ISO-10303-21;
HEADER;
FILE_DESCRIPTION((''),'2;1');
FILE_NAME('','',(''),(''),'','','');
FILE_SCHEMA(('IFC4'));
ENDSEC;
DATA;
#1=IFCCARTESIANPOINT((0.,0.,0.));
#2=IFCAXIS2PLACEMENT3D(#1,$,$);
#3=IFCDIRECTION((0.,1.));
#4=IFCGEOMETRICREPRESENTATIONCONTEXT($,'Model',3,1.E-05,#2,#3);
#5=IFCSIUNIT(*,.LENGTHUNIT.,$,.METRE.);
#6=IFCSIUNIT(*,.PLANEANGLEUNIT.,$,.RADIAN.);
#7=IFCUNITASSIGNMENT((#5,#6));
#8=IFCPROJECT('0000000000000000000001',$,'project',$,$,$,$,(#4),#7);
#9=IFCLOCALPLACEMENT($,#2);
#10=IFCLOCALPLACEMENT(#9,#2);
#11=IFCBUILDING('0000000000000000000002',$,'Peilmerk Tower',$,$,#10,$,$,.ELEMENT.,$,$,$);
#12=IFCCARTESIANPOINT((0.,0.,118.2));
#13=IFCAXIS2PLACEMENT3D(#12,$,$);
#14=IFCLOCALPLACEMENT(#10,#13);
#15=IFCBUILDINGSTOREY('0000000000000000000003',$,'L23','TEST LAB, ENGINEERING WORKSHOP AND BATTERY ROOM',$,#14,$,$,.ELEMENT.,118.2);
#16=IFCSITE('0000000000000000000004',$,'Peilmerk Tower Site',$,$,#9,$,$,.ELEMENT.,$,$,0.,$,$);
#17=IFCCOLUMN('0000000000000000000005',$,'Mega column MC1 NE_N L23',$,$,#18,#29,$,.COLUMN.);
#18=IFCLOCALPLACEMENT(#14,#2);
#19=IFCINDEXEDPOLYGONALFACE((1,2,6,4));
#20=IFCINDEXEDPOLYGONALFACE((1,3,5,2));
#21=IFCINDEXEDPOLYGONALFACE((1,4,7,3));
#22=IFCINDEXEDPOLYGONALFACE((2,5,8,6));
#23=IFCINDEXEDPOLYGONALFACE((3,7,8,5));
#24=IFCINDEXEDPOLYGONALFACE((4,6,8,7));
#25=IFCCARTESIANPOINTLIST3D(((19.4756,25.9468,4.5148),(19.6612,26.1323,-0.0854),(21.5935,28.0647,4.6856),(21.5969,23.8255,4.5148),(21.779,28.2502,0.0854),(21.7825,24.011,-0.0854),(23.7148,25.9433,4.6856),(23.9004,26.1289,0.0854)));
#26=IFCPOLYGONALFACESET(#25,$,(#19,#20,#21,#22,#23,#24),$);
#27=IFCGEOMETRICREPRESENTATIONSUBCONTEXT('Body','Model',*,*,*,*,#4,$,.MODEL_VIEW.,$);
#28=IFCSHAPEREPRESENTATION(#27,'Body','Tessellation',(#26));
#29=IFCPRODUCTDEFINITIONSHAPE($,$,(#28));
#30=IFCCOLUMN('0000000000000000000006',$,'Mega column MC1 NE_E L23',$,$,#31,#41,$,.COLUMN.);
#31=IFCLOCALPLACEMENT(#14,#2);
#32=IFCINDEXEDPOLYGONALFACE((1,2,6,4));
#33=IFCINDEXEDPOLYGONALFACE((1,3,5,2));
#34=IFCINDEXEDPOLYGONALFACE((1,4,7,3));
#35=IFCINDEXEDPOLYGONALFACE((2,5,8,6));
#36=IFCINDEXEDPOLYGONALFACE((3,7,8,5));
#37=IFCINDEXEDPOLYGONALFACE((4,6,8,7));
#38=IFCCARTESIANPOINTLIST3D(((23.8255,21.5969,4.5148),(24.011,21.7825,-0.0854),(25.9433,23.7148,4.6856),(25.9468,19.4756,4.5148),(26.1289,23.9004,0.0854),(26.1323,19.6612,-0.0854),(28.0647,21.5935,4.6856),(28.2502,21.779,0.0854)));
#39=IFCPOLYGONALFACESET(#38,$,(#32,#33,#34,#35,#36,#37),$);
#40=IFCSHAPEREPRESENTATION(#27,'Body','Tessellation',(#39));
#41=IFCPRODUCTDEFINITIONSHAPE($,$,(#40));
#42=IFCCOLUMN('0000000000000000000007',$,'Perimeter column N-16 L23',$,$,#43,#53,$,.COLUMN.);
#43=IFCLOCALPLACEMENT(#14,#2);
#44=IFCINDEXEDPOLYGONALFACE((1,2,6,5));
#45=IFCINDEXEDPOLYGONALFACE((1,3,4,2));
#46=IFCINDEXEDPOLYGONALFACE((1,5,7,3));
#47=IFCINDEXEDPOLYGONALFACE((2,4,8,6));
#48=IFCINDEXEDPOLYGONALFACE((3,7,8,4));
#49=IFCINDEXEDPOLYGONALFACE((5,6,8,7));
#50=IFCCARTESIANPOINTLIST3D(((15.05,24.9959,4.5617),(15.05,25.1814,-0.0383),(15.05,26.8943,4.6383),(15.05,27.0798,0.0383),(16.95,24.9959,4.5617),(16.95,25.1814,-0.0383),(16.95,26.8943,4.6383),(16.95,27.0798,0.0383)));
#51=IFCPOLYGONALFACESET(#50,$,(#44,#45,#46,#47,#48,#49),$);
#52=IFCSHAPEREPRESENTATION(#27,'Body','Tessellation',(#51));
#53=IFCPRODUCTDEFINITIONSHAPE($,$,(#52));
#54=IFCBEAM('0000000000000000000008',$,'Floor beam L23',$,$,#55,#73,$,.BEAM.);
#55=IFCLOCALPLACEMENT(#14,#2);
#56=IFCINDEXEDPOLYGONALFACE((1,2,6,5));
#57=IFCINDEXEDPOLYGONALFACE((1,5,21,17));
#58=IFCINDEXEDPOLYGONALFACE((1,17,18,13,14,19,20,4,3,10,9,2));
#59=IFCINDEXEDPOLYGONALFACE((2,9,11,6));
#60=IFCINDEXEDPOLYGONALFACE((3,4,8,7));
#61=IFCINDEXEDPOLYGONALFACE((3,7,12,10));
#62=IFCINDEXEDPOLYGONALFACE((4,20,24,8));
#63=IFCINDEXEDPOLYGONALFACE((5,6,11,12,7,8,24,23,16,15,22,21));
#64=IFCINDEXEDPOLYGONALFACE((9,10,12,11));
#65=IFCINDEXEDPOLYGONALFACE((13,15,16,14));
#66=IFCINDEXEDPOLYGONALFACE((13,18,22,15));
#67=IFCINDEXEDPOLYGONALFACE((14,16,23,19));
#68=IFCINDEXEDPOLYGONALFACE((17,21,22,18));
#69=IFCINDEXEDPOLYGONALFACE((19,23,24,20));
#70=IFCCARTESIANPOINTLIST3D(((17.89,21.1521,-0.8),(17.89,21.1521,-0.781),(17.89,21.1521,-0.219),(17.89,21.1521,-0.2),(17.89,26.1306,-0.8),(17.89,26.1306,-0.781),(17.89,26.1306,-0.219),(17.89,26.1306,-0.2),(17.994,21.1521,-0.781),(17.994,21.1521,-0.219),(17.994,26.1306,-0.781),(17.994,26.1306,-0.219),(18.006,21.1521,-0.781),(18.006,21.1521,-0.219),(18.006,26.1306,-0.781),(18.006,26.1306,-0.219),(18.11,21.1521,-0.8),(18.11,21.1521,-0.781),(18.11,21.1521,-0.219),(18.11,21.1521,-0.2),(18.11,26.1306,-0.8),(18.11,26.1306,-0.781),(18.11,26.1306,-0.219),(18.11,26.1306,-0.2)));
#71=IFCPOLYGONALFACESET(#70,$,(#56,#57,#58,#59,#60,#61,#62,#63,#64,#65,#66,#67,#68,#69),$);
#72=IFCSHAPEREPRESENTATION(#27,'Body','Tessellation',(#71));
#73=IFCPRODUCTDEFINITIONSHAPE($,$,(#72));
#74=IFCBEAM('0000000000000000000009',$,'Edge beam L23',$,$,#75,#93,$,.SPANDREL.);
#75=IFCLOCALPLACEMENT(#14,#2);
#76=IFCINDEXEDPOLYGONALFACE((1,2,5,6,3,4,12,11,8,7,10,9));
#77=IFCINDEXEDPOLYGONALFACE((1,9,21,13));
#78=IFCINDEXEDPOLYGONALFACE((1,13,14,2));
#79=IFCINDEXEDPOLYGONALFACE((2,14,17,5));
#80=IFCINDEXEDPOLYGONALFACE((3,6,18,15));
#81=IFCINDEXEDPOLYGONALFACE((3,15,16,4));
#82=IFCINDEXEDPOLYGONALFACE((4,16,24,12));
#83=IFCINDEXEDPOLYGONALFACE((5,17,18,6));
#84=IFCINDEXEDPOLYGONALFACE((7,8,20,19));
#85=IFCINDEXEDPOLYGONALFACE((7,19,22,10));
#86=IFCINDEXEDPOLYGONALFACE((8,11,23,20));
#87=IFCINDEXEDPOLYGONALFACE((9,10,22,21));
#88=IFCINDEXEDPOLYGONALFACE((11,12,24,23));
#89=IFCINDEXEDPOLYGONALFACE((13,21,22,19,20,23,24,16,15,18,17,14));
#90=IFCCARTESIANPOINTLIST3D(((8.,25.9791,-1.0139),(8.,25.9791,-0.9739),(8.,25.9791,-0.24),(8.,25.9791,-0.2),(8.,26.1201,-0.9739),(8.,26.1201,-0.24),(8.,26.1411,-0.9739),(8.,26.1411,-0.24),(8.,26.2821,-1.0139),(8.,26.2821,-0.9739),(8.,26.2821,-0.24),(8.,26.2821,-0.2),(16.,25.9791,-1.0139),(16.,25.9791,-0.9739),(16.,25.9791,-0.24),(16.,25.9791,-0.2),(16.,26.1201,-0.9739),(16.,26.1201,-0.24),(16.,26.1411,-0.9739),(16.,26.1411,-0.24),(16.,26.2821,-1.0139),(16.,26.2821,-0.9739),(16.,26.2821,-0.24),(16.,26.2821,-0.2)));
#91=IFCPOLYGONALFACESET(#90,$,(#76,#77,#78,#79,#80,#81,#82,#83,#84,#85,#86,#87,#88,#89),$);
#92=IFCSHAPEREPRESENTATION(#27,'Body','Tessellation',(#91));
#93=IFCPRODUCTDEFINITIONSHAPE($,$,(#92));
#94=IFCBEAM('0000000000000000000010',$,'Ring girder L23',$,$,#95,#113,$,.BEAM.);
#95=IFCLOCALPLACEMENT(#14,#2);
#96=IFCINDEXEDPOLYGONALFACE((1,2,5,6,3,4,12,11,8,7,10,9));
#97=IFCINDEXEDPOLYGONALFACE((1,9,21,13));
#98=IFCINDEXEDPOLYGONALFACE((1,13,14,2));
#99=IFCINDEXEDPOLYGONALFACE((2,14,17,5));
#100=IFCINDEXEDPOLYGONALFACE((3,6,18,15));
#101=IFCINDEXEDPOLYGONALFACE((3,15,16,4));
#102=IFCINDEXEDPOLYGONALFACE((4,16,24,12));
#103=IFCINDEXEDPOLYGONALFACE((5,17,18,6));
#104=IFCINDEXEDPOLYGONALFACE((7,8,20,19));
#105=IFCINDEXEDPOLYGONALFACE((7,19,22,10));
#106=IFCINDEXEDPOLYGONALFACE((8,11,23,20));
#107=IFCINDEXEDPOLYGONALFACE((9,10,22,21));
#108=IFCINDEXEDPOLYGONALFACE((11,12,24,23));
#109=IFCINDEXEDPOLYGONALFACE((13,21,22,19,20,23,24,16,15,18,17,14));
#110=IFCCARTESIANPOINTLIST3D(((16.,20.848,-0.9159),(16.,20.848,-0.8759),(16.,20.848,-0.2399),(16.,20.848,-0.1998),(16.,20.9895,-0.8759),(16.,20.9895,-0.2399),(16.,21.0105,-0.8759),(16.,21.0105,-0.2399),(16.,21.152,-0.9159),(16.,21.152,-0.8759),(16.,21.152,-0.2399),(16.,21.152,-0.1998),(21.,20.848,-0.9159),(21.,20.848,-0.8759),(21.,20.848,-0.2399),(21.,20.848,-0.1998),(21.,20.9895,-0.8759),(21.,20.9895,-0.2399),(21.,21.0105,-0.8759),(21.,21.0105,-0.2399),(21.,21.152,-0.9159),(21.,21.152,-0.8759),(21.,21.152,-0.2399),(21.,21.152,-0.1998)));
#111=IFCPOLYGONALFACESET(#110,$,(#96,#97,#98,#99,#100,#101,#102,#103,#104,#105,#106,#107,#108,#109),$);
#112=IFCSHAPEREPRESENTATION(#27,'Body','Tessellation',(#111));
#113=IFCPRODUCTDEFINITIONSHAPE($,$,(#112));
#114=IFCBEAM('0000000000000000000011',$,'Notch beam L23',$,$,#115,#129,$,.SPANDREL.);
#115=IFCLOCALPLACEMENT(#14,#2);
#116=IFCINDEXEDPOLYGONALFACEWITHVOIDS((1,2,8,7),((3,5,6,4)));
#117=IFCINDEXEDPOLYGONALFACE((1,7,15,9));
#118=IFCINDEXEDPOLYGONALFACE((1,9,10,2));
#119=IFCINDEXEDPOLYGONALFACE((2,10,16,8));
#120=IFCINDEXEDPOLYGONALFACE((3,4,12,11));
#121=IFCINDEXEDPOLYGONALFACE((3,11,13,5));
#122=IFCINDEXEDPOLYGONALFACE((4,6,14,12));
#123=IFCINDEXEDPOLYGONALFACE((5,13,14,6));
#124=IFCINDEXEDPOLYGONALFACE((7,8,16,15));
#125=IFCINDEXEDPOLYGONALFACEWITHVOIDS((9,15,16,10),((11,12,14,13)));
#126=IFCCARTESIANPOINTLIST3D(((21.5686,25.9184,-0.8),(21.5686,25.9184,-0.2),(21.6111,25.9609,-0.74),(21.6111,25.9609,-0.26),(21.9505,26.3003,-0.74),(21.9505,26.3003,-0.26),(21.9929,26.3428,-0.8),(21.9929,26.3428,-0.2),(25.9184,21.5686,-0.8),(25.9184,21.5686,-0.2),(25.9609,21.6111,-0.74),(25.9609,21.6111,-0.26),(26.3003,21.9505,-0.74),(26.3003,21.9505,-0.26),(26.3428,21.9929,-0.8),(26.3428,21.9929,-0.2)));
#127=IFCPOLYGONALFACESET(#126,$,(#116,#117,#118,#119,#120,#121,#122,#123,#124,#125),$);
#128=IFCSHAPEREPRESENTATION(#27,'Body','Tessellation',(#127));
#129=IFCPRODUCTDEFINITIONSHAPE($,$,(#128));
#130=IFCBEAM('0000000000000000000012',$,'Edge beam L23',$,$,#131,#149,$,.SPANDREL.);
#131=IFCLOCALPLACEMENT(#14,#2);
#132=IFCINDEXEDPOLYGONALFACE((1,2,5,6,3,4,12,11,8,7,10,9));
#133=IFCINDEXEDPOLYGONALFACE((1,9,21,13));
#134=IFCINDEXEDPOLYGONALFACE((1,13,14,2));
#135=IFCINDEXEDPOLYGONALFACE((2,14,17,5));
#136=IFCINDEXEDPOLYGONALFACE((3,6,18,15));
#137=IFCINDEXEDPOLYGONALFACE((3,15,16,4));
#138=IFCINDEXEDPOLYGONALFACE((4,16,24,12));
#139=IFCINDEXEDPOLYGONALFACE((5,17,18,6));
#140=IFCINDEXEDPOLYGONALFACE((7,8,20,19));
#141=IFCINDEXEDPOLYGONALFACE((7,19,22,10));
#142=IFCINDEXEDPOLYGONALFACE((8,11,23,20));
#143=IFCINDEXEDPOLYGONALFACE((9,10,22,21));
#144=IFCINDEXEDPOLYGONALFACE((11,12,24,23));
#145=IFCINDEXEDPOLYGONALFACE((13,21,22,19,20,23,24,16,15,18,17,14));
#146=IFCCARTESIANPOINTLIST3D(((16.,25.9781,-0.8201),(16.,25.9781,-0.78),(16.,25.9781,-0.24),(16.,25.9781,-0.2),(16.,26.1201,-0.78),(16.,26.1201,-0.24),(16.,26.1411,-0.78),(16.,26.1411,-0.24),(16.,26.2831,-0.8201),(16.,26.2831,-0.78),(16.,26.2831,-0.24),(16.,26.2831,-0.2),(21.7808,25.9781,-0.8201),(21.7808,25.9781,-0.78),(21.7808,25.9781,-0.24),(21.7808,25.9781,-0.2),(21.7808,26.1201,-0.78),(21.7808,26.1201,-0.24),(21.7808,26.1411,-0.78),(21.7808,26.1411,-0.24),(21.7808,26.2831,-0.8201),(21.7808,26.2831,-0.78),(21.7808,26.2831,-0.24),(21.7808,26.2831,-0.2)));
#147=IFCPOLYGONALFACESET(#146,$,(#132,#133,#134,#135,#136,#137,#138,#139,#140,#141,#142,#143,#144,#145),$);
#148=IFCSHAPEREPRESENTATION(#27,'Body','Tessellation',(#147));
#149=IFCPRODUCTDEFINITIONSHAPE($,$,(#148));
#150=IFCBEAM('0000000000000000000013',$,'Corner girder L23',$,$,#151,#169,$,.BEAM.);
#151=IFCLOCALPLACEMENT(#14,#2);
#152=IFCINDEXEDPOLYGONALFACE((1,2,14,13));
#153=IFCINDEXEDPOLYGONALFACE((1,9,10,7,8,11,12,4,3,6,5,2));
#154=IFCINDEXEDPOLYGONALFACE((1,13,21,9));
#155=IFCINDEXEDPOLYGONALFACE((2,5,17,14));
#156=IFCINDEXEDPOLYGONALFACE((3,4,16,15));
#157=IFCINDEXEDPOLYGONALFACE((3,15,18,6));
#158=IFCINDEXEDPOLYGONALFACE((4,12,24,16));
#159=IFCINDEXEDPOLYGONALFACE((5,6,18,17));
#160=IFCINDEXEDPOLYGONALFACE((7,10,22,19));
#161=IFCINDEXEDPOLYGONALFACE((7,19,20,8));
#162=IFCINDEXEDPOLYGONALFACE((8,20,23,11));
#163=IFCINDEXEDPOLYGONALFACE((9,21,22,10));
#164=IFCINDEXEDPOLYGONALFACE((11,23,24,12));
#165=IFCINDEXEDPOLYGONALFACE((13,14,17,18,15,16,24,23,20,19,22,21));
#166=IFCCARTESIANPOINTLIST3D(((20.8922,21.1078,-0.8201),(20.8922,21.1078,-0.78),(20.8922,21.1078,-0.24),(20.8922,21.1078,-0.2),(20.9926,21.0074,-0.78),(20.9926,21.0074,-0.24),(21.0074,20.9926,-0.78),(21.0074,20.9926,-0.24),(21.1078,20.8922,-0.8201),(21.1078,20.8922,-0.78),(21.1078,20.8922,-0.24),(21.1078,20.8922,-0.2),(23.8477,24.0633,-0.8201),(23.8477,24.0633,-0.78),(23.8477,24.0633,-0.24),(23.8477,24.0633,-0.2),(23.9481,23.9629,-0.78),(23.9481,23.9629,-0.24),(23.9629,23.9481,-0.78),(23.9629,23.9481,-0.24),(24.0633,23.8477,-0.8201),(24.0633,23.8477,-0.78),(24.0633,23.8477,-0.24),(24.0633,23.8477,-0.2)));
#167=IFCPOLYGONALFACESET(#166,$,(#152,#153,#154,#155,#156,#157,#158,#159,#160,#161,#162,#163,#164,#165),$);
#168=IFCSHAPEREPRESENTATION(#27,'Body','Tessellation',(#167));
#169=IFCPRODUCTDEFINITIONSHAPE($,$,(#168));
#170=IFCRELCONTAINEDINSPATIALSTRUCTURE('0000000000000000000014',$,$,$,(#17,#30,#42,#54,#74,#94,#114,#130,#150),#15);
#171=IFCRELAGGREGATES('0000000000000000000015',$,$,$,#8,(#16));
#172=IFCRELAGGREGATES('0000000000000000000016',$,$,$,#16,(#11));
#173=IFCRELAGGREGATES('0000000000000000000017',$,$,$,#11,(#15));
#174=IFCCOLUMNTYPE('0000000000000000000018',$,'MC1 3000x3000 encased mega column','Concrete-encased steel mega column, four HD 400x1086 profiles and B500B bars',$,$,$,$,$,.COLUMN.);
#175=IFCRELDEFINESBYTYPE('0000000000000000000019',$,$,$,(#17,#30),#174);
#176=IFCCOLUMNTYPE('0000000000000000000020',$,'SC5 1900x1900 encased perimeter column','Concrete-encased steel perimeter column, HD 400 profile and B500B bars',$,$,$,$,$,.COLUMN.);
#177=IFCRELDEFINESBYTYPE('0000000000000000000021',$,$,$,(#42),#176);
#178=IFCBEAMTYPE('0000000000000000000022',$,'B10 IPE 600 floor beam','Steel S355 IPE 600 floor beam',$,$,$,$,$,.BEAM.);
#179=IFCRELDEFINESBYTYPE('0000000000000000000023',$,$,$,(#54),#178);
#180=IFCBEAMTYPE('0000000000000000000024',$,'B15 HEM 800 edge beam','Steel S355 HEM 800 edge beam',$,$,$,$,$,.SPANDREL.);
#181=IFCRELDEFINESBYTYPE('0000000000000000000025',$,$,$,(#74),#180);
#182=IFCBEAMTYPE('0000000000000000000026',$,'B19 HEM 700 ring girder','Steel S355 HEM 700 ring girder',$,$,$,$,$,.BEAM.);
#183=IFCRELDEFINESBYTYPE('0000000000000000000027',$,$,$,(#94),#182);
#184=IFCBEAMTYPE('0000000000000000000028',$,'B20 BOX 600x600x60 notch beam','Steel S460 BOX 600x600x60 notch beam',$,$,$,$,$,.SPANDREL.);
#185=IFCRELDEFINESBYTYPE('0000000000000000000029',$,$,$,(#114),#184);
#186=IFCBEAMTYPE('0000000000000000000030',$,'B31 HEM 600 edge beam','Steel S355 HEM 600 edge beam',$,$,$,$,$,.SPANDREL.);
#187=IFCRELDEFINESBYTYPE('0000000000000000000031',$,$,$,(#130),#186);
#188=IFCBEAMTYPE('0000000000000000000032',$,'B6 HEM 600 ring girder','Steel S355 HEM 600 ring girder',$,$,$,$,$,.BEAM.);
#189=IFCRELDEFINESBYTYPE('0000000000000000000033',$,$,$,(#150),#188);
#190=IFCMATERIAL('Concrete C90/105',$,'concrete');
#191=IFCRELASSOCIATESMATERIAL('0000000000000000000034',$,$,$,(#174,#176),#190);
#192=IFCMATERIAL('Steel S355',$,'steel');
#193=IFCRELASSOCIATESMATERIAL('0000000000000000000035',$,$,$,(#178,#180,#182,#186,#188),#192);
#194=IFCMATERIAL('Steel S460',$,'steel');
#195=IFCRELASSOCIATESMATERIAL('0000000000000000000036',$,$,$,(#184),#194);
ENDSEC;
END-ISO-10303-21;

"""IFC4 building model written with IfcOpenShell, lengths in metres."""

from ifc_helpers import new_model, si_unit, direction, frame, origin, origin_2d, place, context, subcontext, project, spatial, rectangle, hollow_rectangle, i_section, extrude, material, material_profile, profile_set, type_object, element, save


model = new_model("IFC4")

# Units and contexts
model_context = context("Model", 3, precision=1e-05, world=origin(), true_north=direction((0.0, 1.0)))
body_context = subcontext(model_context, "Body", "Model", "MODEL_VIEW")
ifc_project = project(units=[si_unit("LENGTHUNIT", "METRE"), si_unit("PLANEANGLEUNIT", "RADIAN")], contexts=[model_context])

# Site, building, storey
site_placement = place(None, origin())
site = spatial("IfcSite", under=ifc_project, at=site_placement, Name="Peilmerk Tower Site", CompositionType="ELEMENT", RefElevation=0.0)
building_placement = place(site_placement, origin())
building = spatial("IfcBuilding", under=site, at=building_placement, Name="Peilmerk Tower", CompositionType="ELEMENT")
storey_placement = place(building_placement, frame((0.0, 0.0, 118.2)))
storey = spatial("IfcBuildingStorey", under=building, at=storey_placement, Name="L23", Description="TEST LAB, ENGINEERING WORKSHOP AND BATTERY ROOM", CompositionType="ELEMENT", Elevation=118.2)

# Columns
ifc_material_1 = material(Name="Concrete C90/105", Category="concrete")
ifc_material_profile_1 = material_profile(ifc_material_1, rectangle(XDim=3.0, YDim=3.0, at=origin_2d()), Name="RC 3000x3000")
ifc_profile_set_1 = profile_set([ifc_material_profile_1], Name="Concrete C90/105")
column_type_1 = type_object("IfcColumnType", Name="MC1 3000x3000 encased mega column", Description="Concrete-encased steel mega column, four HD 400x1086 profiles and B500B bars", PredefinedType="COLUMN", material=ifc_profile_set_1)
for number, where, z_axis, x_axis, name in (
    (1, (21.7808, 26.1306, 0.0), (-0.04027, -0.04027, 0.998377), (0.707107, -0.707107, 0.0), "Mega column MC1 NE_N L23"),
    (2, (26.1306, 21.7808, 0.0), (-0.04027, -0.04027, 0.998377), (0.707107, -0.707107, 0.0), "Mega column MC1 NE_E L23"),
):
    element("IfcColumn", number, at=place(storey_placement, frame(where, z_axis=z_axis, x_axis=x_axis)), inside=storey, type_object=column_type_1, Name=name, PredefinedType="COLUMN", context=body_context, shape_type="SweptSolid", body=[
        extrude(rectangle(XDim=3.0, YDim=3.0, at=origin_2d()), origin(), (0.0, 0.0, 1.0), 4.6077),
    ])
ifc_material_profile_2 = material_profile(ifc_material_1, rectangle(XDim=1.8999, YDim=1.8999, at=origin_2d()), Name="RC 1900x1900")
ifc_profile_set_2 = profile_set([ifc_material_profile_2], Name="Concrete C90/105")
column_type_2 = type_object("IfcColumnType", Name="SC5 1900x1900 encased perimeter column", Description="Concrete-encased steel perimeter column, HD 400 profile and B500B bars", PredefinedType="COLUMN", material=ifc_profile_set_2)
column_placement = place(storey_placement, frame((16.0, 26.1306, 0.0), z_axis=(0.0, -0.040303, 0.999188), x_axis=(1.0, 0.0, 0.0)))
element("IfcColumn", 3, at=column_placement, inside=storey, type_object=column_type_2, Name="Perimeter column N-16 L23", PredefinedType="COLUMN", context=body_context, shape_type="SweptSolid", body=[
    extrude(rectangle(XDim=1.8999, YDim=1.8999, at=origin_2d()), origin(), (0.0, 0.0, 1.0), 4.6038),
])

# Beams
ifc_material_2 = material(Name="Steel S355", Category="steel")
ifc_material_profile_3 = material_profile(ifc_material_2, i_section(OverallWidth=0.22, OverallDepth=0.6001, WebThickness=0.012, FlangeThickness=0.019, at=origin_2d()), Name="IPE 600")
ifc_profile_set_3 = profile_set([ifc_material_profile_3], Name="Steel S355")
beam_type_1 = type_object("IfcBeamType", Name="B10 IPE 600 floor beam", Description="Steel S355 IPE 600 floor beam", PredefinedType="BEAM", material=ifc_profile_set_3)
beam_1_placement = place(storey_placement, frame((18.0, 21.1521, -0.5), z_axis=(0.0, 1.0, 0.0), x_axis=(-1.0, 0.0, 0.0)))
element("IfcBeam", 4, at=beam_1_placement, inside=storey, type_object=beam_type_1, Name="Floor beam L23", PredefinedType="BEAM", context=body_context, shape_type="SweptSolid", body=[
    extrude(i_section(OverallWidth=0.22, OverallDepth=0.6001, WebThickness=0.012, FlangeThickness=0.019, at=origin_2d()), origin(), (0.0, 0.0, 1.0), 4.9785),
])
ifc_material_profile_4 = material_profile(ifc_material_2, i_section(OverallWidth=0.303, OverallDepth=0.814, WebThickness=0.021, FlangeThickness=0.04, at=origin_2d()), Name="HEM 800")
ifc_profile_set_4 = profile_set([ifc_material_profile_4], Name="Steel S355")
beam_type_2 = type_object("IfcBeamType", Name="B15 HEM 800 edge beam", Description="Steel S355 HEM 800 edge beam", PredefinedType="SPANDREL", material=ifc_profile_set_4)
beam_2_placement = place(storey_placement, frame((16.0, 26.1306, -0.6069), z_axis=(-1.0, 0.0, 0.0), x_axis=(0.0, -1.0, 0.0)))
element("IfcBeam", 5, at=beam_2_placement, inside=storey, type_object=beam_type_2, Name="Edge beam L23", PredefinedType="SPANDREL", context=body_context, shape_type="SweptSolid", body=[
    extrude(i_section(OverallWidth=0.303, OverallDepth=0.814, WebThickness=0.021, FlangeThickness=0.04, at=origin_2d()), origin(), (0.0, 0.0, 1.0), 8.0),
])
ifc_material_profile_5 = material_profile(ifc_material_2, i_section(OverallWidth=0.304, OverallDepth=0.7161, WebThickness=0.021, FlangeThickness=0.04, at=origin_2d()), Name="HEM 700")
ifc_profile_set_5 = profile_set([ifc_material_profile_5], Name="Steel S355")
beam_type_3 = type_object("IfcBeamType", Name="B19 HEM 700 ring girder", Description="Steel S355 HEM 700 ring girder", PredefinedType="BEAM", material=ifc_profile_set_5)
beam_3_placement = place(storey_placement, frame((21.0, 21.0, -0.5579), z_axis=(-1.0, 0.0, 0.0), x_axis=(0.0, -1.0, 0.0)))
element("IfcBeam", 6, at=beam_3_placement, inside=storey, type_object=beam_type_3, Name="Ring girder L23", PredefinedType="BEAM", context=body_context, shape_type="SweptSolid", body=[
    extrude(i_section(OverallWidth=0.304, OverallDepth=0.7161, WebThickness=0.021, FlangeThickness=0.04, at=origin_2d()), origin(), (0.0, 0.0, 1.0), 5.0),
])
ifc_material_3 = material(Name="Steel S460", Category="steel")
ifc_material_profile_6 = material_profile(ifc_material_3, hollow_rectangle(XDim=0.6001, YDim=0.6001, WallThickness=0.0601, at=origin_2d()), Name="BOX 600x600x60")
ifc_profile_set_6 = profile_set([ifc_material_profile_6], Name="Steel S460")
beam_type_4 = type_object("IfcBeamType", Name="B20 BOX 600x600x60 notch beam", Description="Steel S460 BOX 600x600x60 notch beam", PredefinedType="SPANDREL", material=ifc_profile_set_6)
beam_4_placement = place(storey_placement, frame((21.7808, 26.1306, -0.5), z_axis=(0.707107, -0.707107, 0.0), x_axis=(0.707107, 0.707107, 0.0)))
element("IfcBeam", 7, at=beam_4_placement, inside=storey, type_object=beam_type_4, Name="Notch beam L23", PredefinedType="SPANDREL", context=body_context, shape_type="SweptSolid", body=[
    extrude(hollow_rectangle(XDim=0.6001, YDim=0.6001, WallThickness=0.0601, at=origin_2d()), origin(), (0.0, 0.0, 1.0), 6.1516),
])
ifc_material_profile_7 = material_profile(ifc_material_2, i_section(OverallWidth=0.3049, OverallDepth=0.6201, WebThickness=0.021, FlangeThickness=0.04, at=origin_2d()), Name="HEM 600")
ifc_profile_set_7 = profile_set([ifc_material_profile_7], Name="Steel S355")
beam_type_5 = type_object("IfcBeamType", Name="B31 HEM 600 edge beam", Description="Steel S355 HEM 600 edge beam", PredefinedType="SPANDREL", material=ifc_profile_set_7)
beam_5_placement = place(storey_placement, frame((21.7808, 26.1306, -0.51), z_axis=(-1.0, 0.0, 0.0), x_axis=(0.0, -1.0, 0.0)))
element("IfcBeam", 8, at=beam_5_placement, inside=storey, type_object=beam_type_5, Name="Edge beam L23", PredefinedType="SPANDREL", context=body_context, shape_type="SweptSolid", body=[
    extrude(i_section(OverallWidth=0.3049, OverallDepth=0.6201, WebThickness=0.021, FlangeThickness=0.04, at=origin_2d()), origin(), (0.0, 0.0, 1.0), 5.7808),
])
ifc_material_profile_8 = material_profile(ifc_material_2, i_section(OverallWidth=0.3049, OverallDepth=0.6201, WebThickness=0.021, FlangeThickness=0.04, at=origin_2d()), Name="HEM 600")
ifc_profile_set_8 = profile_set([ifc_material_profile_8], Name="Steel S355")
beam_type_6 = type_object("IfcBeamType", Name="B6 HEM 600 ring girder", Description="Steel S355 HEM 600 ring girder", PredefinedType="BEAM", material=ifc_profile_set_8)
beam_6_placement = place(storey_placement, frame((21.0, 21.0, -0.51), z_axis=(0.707107, 0.707107, 0.0), x_axis=(-0.707107, 0.707107, 0.0)))
element("IfcBeam", 9, at=beam_6_placement, inside=storey, type_object=beam_type_6, Name="Corner girder L23", PredefinedType="BEAM", context=body_context, shape_type="SweptSolid", body=[
    extrude(i_section(OverallWidth=0.3049, OverallDepth=0.6201, WebThickness=0.021, FlangeThickness=0.04, at=origin_2d()), origin(), (0.0, 0.0, 1.0), 4.1797),
])

save(model, "model.ifc")
